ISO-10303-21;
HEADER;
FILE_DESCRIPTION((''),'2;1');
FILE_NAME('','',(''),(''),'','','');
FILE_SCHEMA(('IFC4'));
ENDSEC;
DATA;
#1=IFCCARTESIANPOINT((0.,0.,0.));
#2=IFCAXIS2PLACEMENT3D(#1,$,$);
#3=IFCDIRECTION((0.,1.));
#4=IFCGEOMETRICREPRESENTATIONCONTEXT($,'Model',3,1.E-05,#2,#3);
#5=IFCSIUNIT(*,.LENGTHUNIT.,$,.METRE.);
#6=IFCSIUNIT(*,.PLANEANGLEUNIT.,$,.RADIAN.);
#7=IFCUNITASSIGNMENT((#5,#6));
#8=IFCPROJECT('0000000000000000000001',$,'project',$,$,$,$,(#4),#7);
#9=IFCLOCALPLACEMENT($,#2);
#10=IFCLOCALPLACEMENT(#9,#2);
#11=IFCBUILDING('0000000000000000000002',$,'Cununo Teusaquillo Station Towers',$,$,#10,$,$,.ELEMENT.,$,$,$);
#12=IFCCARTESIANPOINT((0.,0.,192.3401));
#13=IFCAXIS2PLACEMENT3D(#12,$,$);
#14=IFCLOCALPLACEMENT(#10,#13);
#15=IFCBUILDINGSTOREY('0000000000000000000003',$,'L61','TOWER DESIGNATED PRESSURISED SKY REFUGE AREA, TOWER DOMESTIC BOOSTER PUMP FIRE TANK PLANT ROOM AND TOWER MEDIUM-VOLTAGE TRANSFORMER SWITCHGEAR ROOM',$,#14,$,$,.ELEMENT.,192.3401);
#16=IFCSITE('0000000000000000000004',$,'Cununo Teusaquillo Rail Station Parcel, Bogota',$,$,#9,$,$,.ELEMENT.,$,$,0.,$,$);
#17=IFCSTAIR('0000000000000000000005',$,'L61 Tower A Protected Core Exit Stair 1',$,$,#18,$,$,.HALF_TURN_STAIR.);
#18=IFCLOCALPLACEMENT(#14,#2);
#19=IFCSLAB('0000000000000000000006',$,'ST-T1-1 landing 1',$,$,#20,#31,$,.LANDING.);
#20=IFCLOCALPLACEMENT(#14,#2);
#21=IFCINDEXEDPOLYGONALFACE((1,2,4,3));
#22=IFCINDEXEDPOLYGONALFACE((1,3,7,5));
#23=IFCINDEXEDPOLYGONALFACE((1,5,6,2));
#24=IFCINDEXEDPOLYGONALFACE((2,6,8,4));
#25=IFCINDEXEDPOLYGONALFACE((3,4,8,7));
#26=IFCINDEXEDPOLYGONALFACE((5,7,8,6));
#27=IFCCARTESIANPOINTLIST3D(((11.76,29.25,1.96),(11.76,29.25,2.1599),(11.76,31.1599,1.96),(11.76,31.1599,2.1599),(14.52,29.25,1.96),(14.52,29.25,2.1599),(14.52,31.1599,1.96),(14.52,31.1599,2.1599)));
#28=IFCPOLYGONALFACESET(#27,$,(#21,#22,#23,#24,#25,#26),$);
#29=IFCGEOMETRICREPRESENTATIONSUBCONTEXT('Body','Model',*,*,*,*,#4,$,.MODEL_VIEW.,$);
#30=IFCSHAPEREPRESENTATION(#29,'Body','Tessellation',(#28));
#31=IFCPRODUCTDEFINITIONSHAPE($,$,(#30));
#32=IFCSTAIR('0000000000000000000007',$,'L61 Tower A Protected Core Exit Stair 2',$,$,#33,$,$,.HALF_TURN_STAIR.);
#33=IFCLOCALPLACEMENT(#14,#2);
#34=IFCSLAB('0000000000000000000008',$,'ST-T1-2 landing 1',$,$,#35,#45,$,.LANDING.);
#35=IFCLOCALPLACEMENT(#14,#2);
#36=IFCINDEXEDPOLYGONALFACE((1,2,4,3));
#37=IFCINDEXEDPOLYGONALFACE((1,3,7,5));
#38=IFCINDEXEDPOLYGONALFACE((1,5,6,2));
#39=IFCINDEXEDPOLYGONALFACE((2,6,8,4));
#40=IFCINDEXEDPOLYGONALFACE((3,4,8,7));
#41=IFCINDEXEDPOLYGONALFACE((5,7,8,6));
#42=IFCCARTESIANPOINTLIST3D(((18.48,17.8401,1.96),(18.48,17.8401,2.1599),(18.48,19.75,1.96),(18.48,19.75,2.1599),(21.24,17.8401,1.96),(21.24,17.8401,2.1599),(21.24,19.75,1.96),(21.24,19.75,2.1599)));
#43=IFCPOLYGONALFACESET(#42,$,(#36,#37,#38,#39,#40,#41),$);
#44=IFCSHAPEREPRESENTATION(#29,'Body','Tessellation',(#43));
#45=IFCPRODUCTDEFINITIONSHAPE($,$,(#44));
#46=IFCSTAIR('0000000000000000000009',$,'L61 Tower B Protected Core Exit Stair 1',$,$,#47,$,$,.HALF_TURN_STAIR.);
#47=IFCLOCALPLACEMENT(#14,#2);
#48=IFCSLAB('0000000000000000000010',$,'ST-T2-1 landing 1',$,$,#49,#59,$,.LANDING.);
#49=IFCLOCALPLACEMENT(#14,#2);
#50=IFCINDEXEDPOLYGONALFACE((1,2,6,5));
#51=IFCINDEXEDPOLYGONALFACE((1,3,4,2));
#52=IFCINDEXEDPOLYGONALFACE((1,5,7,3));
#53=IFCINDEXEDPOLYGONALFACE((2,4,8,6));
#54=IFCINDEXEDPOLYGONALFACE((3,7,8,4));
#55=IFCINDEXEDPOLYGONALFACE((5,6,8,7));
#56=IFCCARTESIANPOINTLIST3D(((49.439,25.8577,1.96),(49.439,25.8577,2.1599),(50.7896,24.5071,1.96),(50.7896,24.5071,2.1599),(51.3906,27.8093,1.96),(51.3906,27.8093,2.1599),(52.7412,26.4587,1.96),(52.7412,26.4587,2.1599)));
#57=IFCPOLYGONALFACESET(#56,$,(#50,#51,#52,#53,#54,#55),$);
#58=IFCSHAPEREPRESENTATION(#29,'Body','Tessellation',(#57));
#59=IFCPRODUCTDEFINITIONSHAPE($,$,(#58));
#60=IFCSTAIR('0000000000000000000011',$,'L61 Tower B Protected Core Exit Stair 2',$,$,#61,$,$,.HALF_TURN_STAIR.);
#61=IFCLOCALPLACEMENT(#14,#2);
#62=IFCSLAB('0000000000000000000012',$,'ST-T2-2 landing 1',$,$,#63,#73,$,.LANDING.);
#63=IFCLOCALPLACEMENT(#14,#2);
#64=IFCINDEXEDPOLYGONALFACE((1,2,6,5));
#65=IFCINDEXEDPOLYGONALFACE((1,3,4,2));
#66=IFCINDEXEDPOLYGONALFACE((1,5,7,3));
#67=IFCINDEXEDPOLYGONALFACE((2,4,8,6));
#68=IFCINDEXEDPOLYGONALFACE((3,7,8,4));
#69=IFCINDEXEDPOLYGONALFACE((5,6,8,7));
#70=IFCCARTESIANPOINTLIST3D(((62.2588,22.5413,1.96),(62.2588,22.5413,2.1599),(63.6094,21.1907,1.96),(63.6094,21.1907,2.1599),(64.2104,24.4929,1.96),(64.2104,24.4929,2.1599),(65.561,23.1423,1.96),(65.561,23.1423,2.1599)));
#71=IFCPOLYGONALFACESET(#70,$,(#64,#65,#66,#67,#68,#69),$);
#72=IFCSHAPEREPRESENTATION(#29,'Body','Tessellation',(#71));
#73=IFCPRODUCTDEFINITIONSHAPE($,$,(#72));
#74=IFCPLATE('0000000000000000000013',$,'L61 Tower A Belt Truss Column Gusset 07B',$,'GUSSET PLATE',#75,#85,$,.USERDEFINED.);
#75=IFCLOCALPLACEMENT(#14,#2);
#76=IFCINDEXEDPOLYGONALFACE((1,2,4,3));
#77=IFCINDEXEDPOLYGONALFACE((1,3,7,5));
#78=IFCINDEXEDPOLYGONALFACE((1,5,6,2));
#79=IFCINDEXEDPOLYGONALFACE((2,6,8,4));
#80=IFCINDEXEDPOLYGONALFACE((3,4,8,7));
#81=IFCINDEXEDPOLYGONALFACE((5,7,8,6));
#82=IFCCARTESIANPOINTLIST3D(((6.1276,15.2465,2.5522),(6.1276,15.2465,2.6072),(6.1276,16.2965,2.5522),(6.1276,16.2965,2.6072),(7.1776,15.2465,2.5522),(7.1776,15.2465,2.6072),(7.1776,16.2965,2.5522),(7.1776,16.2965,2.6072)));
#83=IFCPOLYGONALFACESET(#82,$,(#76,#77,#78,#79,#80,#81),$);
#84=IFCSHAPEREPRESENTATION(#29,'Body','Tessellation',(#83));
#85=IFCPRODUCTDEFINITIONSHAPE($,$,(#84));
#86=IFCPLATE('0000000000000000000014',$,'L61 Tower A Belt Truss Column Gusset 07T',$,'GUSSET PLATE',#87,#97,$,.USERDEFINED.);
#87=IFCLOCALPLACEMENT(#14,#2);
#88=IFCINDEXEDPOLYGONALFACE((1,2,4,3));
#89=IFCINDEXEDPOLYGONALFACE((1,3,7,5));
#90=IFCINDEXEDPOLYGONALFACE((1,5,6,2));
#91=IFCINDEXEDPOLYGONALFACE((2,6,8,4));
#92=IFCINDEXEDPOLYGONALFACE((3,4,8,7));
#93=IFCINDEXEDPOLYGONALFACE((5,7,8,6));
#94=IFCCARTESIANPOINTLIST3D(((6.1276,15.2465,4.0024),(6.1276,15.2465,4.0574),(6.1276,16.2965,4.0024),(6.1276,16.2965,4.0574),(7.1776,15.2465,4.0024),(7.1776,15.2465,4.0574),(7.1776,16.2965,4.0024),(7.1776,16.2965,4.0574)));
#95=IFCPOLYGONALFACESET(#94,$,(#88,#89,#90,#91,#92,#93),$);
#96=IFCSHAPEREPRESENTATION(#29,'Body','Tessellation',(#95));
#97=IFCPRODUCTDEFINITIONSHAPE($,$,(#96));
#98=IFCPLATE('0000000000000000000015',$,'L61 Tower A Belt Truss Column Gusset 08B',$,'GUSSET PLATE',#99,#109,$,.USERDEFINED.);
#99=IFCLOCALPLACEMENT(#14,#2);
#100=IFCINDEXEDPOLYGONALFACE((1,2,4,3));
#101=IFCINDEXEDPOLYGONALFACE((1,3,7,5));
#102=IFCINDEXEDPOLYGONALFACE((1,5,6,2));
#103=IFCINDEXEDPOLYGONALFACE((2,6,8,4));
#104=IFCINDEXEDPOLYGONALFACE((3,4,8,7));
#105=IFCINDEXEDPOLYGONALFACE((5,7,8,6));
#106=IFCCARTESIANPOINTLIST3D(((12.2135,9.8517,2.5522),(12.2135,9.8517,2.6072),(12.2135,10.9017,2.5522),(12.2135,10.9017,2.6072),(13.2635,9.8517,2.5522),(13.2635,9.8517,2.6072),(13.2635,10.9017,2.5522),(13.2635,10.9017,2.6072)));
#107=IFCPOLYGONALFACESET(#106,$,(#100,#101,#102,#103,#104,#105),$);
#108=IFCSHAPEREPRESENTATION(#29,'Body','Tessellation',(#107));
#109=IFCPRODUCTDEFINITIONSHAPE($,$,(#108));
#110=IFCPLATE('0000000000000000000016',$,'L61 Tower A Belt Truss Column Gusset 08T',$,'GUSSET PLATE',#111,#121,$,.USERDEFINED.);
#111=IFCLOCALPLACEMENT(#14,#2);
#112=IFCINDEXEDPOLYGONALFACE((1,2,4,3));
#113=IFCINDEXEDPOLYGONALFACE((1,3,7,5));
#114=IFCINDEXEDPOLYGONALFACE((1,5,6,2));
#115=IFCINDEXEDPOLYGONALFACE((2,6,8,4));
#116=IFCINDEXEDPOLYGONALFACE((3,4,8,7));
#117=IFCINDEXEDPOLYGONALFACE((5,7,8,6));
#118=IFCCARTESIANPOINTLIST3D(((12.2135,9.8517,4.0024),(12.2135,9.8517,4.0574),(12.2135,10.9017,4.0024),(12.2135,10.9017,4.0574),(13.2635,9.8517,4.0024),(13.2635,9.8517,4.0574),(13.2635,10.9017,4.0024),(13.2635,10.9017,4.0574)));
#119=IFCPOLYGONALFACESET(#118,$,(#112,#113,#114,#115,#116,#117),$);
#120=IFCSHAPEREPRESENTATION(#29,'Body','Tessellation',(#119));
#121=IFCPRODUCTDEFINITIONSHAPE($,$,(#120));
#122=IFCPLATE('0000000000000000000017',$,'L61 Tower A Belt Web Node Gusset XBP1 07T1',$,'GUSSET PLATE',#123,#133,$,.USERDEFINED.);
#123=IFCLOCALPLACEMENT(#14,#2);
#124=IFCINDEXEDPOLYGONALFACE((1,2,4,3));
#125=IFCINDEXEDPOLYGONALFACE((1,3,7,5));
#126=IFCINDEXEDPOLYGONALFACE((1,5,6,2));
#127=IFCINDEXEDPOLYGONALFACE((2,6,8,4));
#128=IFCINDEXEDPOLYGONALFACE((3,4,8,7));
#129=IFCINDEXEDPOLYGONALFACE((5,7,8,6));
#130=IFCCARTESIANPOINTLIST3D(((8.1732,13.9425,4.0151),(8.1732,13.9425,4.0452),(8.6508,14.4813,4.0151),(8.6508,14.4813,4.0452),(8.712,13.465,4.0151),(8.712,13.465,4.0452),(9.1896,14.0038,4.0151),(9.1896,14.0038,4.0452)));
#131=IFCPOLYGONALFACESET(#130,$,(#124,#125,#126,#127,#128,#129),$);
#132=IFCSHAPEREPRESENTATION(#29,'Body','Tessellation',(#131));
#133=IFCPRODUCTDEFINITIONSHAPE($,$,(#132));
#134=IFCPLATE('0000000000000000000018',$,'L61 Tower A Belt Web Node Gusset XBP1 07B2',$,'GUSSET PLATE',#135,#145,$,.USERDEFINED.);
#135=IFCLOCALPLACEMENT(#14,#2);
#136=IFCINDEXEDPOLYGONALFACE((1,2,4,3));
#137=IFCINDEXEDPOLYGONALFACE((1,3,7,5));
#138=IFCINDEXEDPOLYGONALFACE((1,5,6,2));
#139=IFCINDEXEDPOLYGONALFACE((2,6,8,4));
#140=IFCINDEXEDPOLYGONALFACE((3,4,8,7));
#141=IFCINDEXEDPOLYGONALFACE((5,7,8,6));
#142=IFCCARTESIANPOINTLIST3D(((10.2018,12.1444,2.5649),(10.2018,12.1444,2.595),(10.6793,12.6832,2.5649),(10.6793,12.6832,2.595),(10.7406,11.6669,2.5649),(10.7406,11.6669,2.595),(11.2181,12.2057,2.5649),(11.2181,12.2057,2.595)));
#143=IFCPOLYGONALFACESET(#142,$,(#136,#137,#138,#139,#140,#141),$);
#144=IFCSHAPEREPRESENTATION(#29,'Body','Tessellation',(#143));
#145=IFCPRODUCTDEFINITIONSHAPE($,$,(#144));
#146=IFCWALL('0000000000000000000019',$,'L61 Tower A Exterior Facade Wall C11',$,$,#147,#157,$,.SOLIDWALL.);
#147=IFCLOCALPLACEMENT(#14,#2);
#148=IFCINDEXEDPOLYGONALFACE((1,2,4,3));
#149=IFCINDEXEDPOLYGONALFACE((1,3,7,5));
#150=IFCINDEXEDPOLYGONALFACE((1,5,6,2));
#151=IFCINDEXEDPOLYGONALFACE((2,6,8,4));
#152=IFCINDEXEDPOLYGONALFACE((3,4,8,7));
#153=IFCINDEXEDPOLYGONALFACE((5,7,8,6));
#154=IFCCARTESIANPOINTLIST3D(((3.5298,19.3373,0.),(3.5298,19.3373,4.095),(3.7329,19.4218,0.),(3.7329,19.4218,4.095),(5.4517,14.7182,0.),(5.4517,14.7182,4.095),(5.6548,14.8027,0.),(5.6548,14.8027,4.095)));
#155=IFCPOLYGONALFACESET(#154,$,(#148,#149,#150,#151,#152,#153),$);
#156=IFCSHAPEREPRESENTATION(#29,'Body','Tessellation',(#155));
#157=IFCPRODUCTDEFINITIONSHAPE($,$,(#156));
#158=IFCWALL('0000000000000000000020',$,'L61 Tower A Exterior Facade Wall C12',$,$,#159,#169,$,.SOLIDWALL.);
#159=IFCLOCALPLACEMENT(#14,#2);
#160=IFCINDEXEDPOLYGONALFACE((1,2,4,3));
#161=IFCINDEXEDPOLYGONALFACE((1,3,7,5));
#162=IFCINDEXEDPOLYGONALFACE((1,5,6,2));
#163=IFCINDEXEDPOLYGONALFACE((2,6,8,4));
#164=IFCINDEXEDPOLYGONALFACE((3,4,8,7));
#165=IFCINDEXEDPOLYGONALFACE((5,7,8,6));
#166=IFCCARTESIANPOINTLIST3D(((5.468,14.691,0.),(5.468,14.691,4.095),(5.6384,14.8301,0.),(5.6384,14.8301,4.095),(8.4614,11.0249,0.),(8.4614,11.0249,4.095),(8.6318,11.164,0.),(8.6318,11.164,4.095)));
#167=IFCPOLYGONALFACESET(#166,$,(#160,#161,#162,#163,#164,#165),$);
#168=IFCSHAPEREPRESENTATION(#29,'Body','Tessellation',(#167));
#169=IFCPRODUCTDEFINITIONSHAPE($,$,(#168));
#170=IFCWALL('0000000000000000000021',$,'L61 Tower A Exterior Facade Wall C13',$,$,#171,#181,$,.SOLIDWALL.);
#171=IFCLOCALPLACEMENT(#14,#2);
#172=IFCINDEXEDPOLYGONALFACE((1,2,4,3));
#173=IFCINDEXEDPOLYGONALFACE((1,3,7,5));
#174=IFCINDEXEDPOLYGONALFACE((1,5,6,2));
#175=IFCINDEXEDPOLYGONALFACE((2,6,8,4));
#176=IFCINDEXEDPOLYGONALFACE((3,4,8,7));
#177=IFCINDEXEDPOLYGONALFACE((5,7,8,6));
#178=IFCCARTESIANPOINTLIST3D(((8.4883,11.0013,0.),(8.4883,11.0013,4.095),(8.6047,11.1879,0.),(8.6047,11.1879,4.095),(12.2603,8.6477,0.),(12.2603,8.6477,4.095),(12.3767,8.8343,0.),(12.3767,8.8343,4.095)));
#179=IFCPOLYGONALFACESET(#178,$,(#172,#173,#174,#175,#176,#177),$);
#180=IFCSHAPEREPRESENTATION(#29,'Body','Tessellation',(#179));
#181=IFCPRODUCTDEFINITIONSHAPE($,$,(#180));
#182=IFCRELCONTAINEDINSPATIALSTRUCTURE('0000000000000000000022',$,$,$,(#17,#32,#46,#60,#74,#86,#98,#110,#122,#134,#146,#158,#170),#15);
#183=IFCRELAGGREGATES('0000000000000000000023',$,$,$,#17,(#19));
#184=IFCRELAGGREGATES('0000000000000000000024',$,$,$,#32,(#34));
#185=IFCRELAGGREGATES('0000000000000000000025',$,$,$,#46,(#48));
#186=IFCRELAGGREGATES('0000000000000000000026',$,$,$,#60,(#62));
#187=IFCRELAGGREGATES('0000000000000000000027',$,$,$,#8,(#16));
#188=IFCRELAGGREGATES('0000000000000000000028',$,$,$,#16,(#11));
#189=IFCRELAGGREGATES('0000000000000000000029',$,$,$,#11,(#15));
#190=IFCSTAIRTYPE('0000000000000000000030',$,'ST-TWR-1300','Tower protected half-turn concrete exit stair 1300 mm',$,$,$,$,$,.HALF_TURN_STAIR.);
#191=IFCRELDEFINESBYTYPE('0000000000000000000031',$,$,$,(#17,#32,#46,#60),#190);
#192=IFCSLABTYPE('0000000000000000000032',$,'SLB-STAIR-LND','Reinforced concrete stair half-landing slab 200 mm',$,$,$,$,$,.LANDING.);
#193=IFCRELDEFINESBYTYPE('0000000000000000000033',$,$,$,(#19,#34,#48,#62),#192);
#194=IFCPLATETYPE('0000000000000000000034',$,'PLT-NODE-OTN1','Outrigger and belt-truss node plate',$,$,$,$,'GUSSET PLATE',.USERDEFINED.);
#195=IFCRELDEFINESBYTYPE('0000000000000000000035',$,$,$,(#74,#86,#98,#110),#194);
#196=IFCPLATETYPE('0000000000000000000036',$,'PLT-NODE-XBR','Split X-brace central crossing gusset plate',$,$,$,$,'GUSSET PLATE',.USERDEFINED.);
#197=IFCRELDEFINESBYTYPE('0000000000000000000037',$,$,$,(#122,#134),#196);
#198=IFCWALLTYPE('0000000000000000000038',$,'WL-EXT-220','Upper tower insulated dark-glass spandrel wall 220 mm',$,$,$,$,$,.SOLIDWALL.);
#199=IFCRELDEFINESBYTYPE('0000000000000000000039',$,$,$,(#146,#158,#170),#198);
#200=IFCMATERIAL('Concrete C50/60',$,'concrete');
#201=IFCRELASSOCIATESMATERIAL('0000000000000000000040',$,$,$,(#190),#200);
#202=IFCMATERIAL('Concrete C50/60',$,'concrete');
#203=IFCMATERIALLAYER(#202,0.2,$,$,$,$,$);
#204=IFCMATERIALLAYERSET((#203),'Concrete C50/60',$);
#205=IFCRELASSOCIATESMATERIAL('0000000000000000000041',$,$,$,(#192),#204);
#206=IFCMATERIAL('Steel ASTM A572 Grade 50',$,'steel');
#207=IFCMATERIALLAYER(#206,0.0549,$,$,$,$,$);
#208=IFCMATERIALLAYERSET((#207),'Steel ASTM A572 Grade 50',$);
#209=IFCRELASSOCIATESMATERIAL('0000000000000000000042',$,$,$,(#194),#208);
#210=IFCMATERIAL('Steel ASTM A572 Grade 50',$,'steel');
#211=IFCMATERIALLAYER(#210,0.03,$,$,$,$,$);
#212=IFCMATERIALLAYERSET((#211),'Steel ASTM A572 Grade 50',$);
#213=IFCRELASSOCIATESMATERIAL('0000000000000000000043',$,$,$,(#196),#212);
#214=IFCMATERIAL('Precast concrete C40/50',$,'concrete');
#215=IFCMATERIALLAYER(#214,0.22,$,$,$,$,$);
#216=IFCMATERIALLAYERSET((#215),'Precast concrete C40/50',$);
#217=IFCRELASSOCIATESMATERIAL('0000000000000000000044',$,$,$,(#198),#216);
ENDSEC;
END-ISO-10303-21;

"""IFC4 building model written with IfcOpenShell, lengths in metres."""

from ifc_helpers import new_model, si_unit, direction, frame, frame_2d, origin, origin_2d, place, context, subcontext, project, spatial, polyline, rectangle, outline, extrude, source, transform, mapped, material, layer, layer_set, type_object, element, aggregate, save


model = new_model("IFC4")

# Units and contexts
model_context = context("Model", 3, precision=1e-05, world=origin(), true_north=direction((0.0, 1.0)))
body_context = subcontext(model_context, "Body", "Model", "MODEL_VIEW")
ifc_project = project(units=[si_unit("LENGTHUNIT", "METRE"), si_unit("PLANEANGLEUNIT", "RADIAN")], contexts=[model_context])

# Site, building, storey
site_placement = place(None, origin())
site = spatial("IfcSite", under=ifc_project, at=site_placement, Name="Cununo Teusaquillo Rail Station Parcel, Bogota", CompositionType="ELEMENT", RefElevation=0.0)
building_placement = place(site_placement, origin())
building = spatial("IfcBuilding", under=site, at=building_placement, Name="Cununo Teusaquillo Station Towers", CompositionType="ELEMENT")
storey_placement = place(building_placement, frame((0.0, 0.0, 192.3401)))
storey = spatial("IfcBuildingStorey", under=building, at=storey_placement, Name="L61", Description="TOWER DESIGNATED PRESSURISED SKY REFUGE AREA, TOWER DOMESTIC BOOSTER PUMP FIRE TANK PLANT ROOM AND TOWER MEDIUM-VOLTAGE TRANSFORMER SWITCHGEAR ROOM", CompositionType="ELEMENT", Elevation=192.3401)

# Stairs, slabs
ifc_material_1 = material(Name="Concrete C50/60", Category="concrete")
stair_type = type_object("IfcStairType", Name="ST-TWR-1300", Description="Tower protected half-turn concrete exit stair 1300 mm", PredefinedType="HALF_TURN_STAIR", material=ifc_material_1)
stair_1_placement = place(storey_placement, origin())
stair_1 = element("IfcStair", 1, at=stair_1_placement, inside=storey, type_object=stair_type, Name="L61 Tower A Protected Core Exit Stair 1", PredefinedType="HALF_TURN_STAIR")
ifc_material_2 = material(Name="Concrete C50/60", Category="concrete")
ifc_layer_1 = layer(ifc_material_2, 0.2)
ifc_layer_set_1 = layer_set([ifc_layer_1], Name="Concrete C50/60")
slab_type_1 = type_object("IfcSlabType", Name="SLB-STAIR-LND", Description="Reinforced concrete stair half-landing slab 200 mm", PredefinedType="LANDING", material=ifc_layer_set_1)
slab_1_placement = place(storey_placement, frame((0.0, 0.0, 1.96)))
slab_1 = element("IfcSlab", 2, at=slab_1_placement, type_object=slab_type_1, Name="ST-T1-1 landing 1", PredefinedType="LANDING", context=body_context, shape_type="SweptSolid", body=[
    extrude(outline(polyline([(14.52, 29.25), (14.52, 31.1599), (11.76, 31.1599), (11.76, 29.25), (14.52, 29.25)])), origin(), (0.0, 0.0, 1.0), 0.2),
])
aggregate(stair_1, [slab_1])
stair_2_placement = place(storey_placement, origin())
stair_2 = element("IfcStair", 3, at=stair_2_placement, inside=storey, type_object=stair_type, Name="L61 Tower A Protected Core Exit Stair 2", PredefinedType="HALF_TURN_STAIR")
slab_2_placement = place(storey_placement, frame((0.0, 0.0, 1.96)))
slab_2 = element("IfcSlab", 4, at=slab_2_placement, type_object=slab_type_1, Name="ST-T1-2 landing 1", PredefinedType="LANDING", context=body_context, shape_type="SweptSolid", body=[
    extrude(outline(polyline([(18.48, 19.75), (18.48, 17.8401), (21.24, 17.8401), (21.24, 19.75), (18.48, 19.75)])), origin(), (0.0, 0.0, 1.0), 0.2),
])
aggregate(stair_2, [slab_2])
stair_3_placement = place(storey_placement, origin())
stair_3 = element("IfcStair", 5, at=stair_3_placement, inside=storey, type_object=stair_type, Name="L61 Tower B Protected Core Exit Stair 1", PredefinedType="HALF_TURN_STAIR")
slab_3_placement = place(storey_placement, frame((0.0, 0.0, 1.96)))
slab_3 = element("IfcSlab", 6, at=slab_3_placement, type_object=slab_type_1, Name="ST-T2-1 landing 1", PredefinedType="LANDING", context=body_context, shape_type="SweptSolid", body=[
    extrude(outline(polyline([(52.7412, 26.4587), (51.3906, 27.8093), (49.439, 25.8577), (50.7896, 24.5071), (52.7412, 26.4587)])), origin(), (0.0, 0.0, 1.0), 0.2),
])
aggregate(stair_3, [slab_3])
stair_4_placement = place(storey_placement, origin())
stair_4 = element("IfcStair", 7, at=stair_4_placement, inside=storey, type_object=stair_type, Name="L61 Tower B Protected Core Exit Stair 2", PredefinedType="HALF_TURN_STAIR")
slab_4_placement = place(storey_placement, frame((0.0, 0.0, 1.96)))
slab_4 = element("IfcSlab", 8, at=slab_4_placement, type_object=slab_type_1, Name="ST-T2-2 landing 1", PredefinedType="LANDING", context=body_context, shape_type="SweptSolid", body=[
    extrude(outline(polyline([(62.2588, 22.5413), (63.6094, 21.1907), (65.561, 23.1423), (64.2104, 24.4929), (62.2588, 22.5413)])), origin(), (0.0, 0.0, 1.0), 0.2),
])
aggregate(stair_4, [slab_4])

# Plates
ifc_material_3 = material(Name="Steel ASTM A572 Grade 50", Category="steel")
ifc_layer_2 = layer(ifc_material_3, 0.0549)
ifc_layer_set_2 = layer_set([ifc_layer_2], Name="Steel ASTM A572 Grade 50")
plate_type_1 = type_object("IfcPlateType", Name="PLT-NODE-OTN1", Description="Outrigger and belt-truss node plate", ElementType="GUSSET PLATE", PredefinedType="USERDEFINED", material=ifc_layer_set_2)
shared_shape_1 = source(origin(), body_context, "Body", "SweptSolid", [
    extrude(rectangle(XDim=1.05, YDim=1.05, at=origin_2d()), origin(), (0.0, 0.0, 1.0), 0.0549),
])
for number, where, z_axis, x_axis, name in (
    (9, (6.6526, 15.7715, 2.5522), (0.0, 0.0, 1.0), (1.0, 0.0, 0.0), "L61 Tower A Belt Truss Column Gusset 07B"),
    (10, (6.6526, 15.7715, 4.0024), (0.0, 0.0, 1.0), (1.0, 0.0, 0.0), "L61 Tower A Belt Truss Column Gusset 07T"),
    (11, (12.7385, 10.3767, 2.5522), (0.0, 0.0, 1.0), (1.0, 0.0, 0.0), "L61 Tower A Belt Truss Column Gusset 08B"),
    (12, (12.7385, 10.3767, 4.0024), (0.0, 0.0, 1.0), (1.0, 0.0, 0.0), "L61 Tower A Belt Truss Column Gusset 08T"),
):
    element("IfcPlate", number, at=place(storey_placement, frame(where, z_axis=z_axis, x_axis=x_axis)), inside=storey, type_object=plate_type_1, Name=name, ObjectType="GUSSET PLATE", PredefinedType="USERDEFINED", context=body_context, shape_type="MappedRepresentation", body=[
        mapped(shared_shape_1, transform((0.0, 0.0, 0.0), x_axis=(1.0, 0.0, 0.0), y_axis=(0.0, 1.0, 0.0), z_axis=(0.0, 0.0, 1.0), scale=1.0)),
    ])
ifc_material_4 = material(Name="Steel ASTM A572 Grade 50", Category="steel")
ifc_layer_3 = layer(ifc_material_4, 0.03)
ifc_layer_set_3 = layer_set([ifc_layer_3], Name="Steel ASTM A572 Grade 50")
plate_type_2 = type_object("IfcPlateType", Name="PLT-NODE-XBR", Description="Split X-brace central crossing gusset plate", ElementType="GUSSET PLATE", PredefinedType="USERDEFINED", material=ifc_layer_set_3)
shared_shape_2 = source(origin(), body_context, "Body", "SweptSolid", [
    extrude(rectangle(XDim=0.72, YDim=0.72, at=origin_2d()), origin(), (0.0, 0.0, 1.0), 0.03),
])
for number, where, z_axis, x_axis, name in (
    (13, (8.6814, 13.9731, 4.0151), (0.0, 0.0, 1.0), (0.748377, -0.663273, 0.0), "L61 Tower A Belt Web Node Gusset XBP1 07T1"),
    (14, (10.71, 12.175, 2.5649), (0.0, 0.0, 1.0), (0.748377, -0.663273, 0.0), "L61 Tower A Belt Web Node Gusset XBP1 07B2"),
):
    element("IfcPlate", number, at=place(storey_placement, frame(where, z_axis=z_axis, x_axis=x_axis)), inside=storey, type_object=plate_type_2, Name=name, ObjectType="GUSSET PLATE", PredefinedType="USERDEFINED", context=body_context, shape_type="MappedRepresentation", body=[
        mapped(shared_shape_2, transform((0.0, 0.0, 0.0), x_axis=(1.0, 0.0, 0.0), y_axis=(0.0, 1.0, 0.0), z_axis=(0.0, 0.0, 1.0), scale=1.0)),
    ])

# Walls
ifc_material_5 = material(Name="Precast concrete C40/50", Category="concrete")
ifc_layer_4 = layer(ifc_material_5, 0.22)
ifc_layer_set_4 = layer_set([ifc_layer_4], Name="Precast concrete C40/50")
wall_type_1 = type_object("IfcWallType", Name="WL-EXT-220", Description="Upper tower insulated dark-glass spandrel wall 220 mm", PredefinedType="SOLIDWALL", material=ifc_layer_set_4)
wall_1_placement = place(storey_placement, frame((5.5532, 14.7605, 0.0), z_axis=(0.0, 0.0, 1.0), x_axis=(-0.384144, 0.923273, 0.0)))
element("IfcWall", 15, at=wall_1_placement, inside=storey, type_object=wall_type_1, Name="L61 Tower A Exterior Facade Wall C11", PredefinedType="SOLIDWALL", context=body_context, shape_type="SweptSolid", body=[
    extrude(rectangle(XDim=5.0029, YDim=0.22, at=frame_2d((2.5015, 0.0))), origin(), (0.0, 0.0, 1.0), 4.095),
])
wall_2_placement = place(storey_placement, frame((8.5466, 11.0945, 0.0), z_axis=(0.0, 0.0, 1.0), x_axis=(-0.632471, 0.774584, 0.0)))
element("IfcWall", 16, at=wall_2_placement, inside=storey, type_object=wall_type_1, Name="L61 Tower A Exterior Facade Wall C12", PredefinedType="SOLIDWALL", context=body_context, shape_type="SweptSolid", body=[
    extrude(rectangle(XDim=4.7329, YDim=0.22, at=frame_2d((2.3665, 0.0))), origin(), (0.0, 0.0, 1.0), 4.095),
])
wall_3_placement = place(storey_placement, frame((12.3186, 8.741, 0.0), z_axis=(0.0, 0.0, 1.0), x_axis=(-0.848399, 0.529357, 0.0)))
element("IfcWall", 17, at=wall_3_placement, inside=storey, type_object=wall_type_1, Name="L61 Tower A Exterior Facade Wall C13", PredefinedType="SOLIDWALL", context=body_context, shape_type="SweptSolid", body=[
    extrude(rectangle(XDim=4.446, YDim=0.22, at=frame_2d((2.2231, 0.0))), origin(), (0.0, 0.0, 1.0), 4.095),
])

save(model, "model.ifc")
